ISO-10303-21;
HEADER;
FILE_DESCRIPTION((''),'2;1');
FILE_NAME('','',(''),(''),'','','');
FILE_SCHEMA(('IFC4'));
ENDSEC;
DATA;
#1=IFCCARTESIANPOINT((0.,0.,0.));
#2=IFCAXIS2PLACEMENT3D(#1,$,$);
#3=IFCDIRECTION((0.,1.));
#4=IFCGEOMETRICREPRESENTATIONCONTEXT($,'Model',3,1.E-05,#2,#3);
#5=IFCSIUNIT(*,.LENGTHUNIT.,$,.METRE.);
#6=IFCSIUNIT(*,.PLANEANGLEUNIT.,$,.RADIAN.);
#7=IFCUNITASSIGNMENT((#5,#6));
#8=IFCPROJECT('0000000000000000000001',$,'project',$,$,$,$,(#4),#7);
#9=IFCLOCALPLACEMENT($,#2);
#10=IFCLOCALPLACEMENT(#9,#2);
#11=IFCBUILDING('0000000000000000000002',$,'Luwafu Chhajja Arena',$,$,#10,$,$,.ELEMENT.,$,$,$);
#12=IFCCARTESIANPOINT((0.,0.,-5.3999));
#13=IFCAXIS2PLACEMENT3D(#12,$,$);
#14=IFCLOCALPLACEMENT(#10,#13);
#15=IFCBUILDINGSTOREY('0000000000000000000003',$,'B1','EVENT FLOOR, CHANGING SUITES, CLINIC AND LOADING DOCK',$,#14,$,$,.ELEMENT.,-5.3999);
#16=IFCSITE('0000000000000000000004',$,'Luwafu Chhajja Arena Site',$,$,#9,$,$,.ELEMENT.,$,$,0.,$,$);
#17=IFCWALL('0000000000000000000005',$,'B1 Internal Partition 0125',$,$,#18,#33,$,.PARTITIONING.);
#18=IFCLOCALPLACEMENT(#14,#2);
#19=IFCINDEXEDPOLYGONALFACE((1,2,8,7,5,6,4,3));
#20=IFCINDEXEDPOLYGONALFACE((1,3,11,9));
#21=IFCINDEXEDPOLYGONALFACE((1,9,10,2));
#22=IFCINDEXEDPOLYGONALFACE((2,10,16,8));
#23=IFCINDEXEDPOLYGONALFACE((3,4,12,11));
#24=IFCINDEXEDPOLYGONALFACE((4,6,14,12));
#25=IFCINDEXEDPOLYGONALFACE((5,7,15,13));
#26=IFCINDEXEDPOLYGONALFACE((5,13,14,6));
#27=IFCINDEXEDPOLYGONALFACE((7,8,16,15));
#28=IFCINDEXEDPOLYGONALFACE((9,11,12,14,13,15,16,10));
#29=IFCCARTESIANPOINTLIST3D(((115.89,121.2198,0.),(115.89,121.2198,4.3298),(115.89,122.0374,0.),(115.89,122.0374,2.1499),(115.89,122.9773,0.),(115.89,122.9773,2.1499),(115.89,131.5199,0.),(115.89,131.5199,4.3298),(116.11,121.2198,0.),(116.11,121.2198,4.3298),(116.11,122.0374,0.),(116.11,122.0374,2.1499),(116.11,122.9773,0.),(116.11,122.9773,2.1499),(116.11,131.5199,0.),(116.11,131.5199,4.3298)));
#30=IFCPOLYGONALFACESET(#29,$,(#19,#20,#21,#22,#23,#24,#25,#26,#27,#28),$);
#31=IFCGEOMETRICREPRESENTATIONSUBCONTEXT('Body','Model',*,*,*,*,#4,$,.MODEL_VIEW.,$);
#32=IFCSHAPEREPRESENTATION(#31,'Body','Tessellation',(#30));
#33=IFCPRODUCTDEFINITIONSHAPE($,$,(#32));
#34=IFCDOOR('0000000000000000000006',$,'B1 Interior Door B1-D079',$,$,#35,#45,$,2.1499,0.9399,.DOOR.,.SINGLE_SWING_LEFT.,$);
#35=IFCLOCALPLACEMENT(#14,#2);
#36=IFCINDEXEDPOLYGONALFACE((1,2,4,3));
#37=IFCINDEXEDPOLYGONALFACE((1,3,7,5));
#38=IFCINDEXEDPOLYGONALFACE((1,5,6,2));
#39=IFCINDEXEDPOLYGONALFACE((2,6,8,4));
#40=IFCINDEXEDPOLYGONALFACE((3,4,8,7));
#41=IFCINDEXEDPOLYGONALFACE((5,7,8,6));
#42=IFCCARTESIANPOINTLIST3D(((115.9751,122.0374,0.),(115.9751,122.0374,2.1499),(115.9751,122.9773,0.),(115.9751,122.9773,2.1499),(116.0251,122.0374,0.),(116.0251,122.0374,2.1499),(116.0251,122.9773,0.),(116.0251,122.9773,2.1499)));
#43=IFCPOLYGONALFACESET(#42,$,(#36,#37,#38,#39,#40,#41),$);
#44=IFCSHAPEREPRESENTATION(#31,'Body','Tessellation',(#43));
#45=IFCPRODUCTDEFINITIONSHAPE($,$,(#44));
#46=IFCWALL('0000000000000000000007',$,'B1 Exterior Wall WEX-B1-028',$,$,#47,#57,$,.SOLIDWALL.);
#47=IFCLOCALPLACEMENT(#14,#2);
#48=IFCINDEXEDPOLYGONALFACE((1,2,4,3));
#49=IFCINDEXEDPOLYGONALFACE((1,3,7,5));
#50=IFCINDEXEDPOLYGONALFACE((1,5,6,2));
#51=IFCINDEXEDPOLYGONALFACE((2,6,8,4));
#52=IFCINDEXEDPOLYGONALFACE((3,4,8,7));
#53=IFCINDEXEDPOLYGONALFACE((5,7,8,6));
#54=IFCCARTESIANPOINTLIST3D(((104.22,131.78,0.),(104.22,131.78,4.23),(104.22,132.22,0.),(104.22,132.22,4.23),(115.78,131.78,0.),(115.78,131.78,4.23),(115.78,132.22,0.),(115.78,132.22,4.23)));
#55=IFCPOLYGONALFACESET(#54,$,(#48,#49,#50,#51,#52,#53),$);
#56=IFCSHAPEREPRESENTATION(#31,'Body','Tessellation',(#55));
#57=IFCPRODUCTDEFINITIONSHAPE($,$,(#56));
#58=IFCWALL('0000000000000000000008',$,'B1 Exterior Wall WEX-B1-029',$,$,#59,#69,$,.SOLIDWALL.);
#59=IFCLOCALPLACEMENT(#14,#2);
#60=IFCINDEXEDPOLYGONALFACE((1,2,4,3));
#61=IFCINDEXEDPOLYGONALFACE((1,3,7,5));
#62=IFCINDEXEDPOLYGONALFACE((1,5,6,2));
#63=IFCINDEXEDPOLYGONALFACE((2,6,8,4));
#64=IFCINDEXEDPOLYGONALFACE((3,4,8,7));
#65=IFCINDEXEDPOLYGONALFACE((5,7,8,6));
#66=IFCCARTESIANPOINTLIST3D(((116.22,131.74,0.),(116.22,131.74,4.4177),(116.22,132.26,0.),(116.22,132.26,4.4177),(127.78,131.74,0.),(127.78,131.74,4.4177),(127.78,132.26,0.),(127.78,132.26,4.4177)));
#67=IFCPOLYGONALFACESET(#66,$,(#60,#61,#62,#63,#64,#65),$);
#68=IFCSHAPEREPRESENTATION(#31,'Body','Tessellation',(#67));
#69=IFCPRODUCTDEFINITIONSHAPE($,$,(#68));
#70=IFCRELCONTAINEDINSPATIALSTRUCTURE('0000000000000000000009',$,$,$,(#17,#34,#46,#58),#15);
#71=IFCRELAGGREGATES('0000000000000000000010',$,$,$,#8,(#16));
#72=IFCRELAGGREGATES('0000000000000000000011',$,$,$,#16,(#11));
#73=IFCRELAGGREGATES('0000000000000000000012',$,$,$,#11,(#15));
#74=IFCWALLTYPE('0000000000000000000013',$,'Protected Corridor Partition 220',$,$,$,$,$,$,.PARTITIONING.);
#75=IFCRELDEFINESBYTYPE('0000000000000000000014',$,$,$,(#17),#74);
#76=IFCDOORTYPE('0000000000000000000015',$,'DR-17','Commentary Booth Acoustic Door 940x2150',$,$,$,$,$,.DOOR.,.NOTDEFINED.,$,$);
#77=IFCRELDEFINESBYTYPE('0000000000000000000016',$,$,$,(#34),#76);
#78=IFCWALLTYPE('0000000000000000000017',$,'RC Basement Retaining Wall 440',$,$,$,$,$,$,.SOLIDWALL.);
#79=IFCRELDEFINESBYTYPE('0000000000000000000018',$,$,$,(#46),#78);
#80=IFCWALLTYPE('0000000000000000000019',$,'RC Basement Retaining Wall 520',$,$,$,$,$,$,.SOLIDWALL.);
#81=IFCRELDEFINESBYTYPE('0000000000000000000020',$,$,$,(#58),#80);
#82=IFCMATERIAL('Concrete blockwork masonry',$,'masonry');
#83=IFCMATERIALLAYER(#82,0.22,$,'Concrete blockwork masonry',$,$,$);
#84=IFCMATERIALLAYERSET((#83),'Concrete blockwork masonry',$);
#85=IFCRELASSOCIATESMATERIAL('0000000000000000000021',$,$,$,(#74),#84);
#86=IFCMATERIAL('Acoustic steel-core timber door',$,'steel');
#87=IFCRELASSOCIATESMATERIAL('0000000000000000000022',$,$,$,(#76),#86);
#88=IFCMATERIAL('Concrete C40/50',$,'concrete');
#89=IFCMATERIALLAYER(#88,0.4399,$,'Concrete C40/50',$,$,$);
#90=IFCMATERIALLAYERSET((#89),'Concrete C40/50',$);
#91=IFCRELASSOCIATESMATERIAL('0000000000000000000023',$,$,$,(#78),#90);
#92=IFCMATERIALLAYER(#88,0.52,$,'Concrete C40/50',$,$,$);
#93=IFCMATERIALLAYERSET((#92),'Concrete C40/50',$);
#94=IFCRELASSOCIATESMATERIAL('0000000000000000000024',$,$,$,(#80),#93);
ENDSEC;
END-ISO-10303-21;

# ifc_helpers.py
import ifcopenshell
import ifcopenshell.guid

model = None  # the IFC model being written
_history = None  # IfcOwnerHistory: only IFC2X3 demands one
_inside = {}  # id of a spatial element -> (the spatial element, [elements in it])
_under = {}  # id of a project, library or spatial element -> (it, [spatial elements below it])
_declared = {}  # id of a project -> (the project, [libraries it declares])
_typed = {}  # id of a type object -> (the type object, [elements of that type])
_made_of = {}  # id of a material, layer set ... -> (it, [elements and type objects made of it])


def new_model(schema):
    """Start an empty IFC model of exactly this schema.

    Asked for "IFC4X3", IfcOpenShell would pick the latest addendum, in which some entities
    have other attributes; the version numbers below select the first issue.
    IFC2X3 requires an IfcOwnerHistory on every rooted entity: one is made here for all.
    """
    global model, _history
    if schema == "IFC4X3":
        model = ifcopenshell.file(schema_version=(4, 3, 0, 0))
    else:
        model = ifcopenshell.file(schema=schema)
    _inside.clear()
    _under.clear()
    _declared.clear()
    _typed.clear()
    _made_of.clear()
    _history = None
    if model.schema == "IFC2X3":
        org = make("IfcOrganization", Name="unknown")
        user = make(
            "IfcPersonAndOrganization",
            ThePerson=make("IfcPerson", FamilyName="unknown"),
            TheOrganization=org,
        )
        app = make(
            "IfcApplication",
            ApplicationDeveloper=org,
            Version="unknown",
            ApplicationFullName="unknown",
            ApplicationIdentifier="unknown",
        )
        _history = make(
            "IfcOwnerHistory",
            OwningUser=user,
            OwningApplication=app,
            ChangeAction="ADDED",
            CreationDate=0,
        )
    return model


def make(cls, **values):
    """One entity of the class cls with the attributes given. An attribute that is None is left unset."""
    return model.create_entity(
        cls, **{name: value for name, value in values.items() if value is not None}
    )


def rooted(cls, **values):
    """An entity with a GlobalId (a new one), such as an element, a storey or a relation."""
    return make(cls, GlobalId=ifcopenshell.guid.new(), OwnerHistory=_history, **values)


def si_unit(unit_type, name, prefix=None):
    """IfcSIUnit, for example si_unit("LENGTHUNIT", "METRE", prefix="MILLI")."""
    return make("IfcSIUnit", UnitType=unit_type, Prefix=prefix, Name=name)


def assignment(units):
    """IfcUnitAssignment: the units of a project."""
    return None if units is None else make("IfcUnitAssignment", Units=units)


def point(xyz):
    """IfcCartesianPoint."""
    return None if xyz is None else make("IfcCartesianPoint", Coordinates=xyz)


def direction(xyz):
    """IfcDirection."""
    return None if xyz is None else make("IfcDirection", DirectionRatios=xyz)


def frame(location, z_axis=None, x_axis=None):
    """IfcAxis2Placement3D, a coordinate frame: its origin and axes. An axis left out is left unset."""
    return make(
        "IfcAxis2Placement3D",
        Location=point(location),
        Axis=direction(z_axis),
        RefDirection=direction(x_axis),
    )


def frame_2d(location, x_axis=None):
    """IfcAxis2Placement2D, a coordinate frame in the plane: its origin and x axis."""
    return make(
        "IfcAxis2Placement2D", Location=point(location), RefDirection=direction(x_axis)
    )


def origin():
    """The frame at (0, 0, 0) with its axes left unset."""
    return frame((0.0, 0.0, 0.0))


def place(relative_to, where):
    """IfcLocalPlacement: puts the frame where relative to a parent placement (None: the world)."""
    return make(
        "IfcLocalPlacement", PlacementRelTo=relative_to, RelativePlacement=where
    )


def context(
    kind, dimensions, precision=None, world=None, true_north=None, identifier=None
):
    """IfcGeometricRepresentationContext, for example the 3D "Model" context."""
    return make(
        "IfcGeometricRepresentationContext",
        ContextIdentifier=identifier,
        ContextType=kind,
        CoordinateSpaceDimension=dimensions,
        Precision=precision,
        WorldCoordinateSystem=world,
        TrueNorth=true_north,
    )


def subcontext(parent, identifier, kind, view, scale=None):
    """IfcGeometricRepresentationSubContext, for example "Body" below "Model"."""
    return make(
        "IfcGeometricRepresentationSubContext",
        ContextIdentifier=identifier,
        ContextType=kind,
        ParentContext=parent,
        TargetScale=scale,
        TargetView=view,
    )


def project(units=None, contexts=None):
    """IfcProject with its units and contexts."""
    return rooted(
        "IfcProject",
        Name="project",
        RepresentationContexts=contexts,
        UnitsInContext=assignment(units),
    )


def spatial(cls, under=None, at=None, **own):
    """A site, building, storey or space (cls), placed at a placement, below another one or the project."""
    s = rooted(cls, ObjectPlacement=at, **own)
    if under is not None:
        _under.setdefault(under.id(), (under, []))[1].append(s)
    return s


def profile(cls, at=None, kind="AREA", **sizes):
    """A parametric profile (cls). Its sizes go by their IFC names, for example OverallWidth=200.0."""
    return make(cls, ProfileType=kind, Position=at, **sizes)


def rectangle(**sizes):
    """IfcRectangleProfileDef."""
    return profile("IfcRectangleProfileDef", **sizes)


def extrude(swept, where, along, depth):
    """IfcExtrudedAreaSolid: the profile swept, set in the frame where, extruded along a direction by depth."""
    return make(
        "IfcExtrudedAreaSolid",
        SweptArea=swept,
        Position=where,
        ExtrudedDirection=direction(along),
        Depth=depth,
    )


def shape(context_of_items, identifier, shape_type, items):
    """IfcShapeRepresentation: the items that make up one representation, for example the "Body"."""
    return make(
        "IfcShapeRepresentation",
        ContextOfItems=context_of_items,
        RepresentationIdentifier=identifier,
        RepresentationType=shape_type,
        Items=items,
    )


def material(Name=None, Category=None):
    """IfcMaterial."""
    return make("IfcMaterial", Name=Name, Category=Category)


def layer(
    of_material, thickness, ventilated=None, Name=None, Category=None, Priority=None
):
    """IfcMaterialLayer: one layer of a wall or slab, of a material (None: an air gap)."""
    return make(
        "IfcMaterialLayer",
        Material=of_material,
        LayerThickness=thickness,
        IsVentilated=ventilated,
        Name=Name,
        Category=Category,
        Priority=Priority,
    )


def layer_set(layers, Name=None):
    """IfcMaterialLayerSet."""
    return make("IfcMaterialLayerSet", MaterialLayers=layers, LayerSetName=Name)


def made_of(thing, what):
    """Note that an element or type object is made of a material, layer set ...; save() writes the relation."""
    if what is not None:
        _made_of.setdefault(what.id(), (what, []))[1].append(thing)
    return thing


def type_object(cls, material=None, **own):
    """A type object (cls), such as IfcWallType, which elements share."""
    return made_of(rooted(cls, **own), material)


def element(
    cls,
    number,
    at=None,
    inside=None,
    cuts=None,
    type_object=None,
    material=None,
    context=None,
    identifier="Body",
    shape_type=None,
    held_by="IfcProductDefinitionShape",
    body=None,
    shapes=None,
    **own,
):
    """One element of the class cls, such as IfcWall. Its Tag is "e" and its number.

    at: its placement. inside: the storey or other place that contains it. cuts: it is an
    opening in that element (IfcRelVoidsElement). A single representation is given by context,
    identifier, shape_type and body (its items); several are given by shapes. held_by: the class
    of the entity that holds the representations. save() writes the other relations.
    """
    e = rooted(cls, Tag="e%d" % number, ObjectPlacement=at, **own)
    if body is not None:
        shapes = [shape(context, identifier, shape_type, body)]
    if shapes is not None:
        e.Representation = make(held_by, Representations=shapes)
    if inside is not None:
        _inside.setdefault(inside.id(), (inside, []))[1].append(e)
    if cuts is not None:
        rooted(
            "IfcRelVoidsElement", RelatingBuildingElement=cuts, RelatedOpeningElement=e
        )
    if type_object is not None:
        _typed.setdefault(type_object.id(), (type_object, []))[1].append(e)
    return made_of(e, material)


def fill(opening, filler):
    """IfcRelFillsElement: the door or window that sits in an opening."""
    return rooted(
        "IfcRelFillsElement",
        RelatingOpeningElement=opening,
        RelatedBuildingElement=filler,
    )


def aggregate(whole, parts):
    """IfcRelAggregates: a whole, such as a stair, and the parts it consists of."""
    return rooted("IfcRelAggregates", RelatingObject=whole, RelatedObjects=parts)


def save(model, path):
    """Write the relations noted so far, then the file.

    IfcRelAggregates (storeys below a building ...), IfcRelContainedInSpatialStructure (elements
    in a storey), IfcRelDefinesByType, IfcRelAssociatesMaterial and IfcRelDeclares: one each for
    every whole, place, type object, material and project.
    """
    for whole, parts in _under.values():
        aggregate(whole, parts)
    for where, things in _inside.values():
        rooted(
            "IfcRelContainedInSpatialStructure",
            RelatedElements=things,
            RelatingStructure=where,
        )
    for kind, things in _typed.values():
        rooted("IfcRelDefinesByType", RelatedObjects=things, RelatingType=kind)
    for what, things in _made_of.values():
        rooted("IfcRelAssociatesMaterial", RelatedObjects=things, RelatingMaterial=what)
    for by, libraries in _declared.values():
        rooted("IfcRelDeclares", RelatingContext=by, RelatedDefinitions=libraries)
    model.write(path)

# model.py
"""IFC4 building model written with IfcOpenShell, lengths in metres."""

from ifc_helpers import new_model, si_unit, direction, frame, frame_2d, origin, place, context, subcontext, project, spatial, rectangle, extrude, material, layer, layer_set, type_object, element, fill, save


model = new_model("IFC4")

# Units and contexts
model_context = context("Model", 3, precision=1e-05, world=origin(), true_north=direction((0.0, 1.0)))
body_context = subcontext(model_context, "Body", "Model", "MODEL_VIEW")
ifc_project = project(units=[si_unit("LENGTHUNIT", "METRE"), si_unit("PLANEANGLEUNIT", "RADIAN")], contexts=[model_context])

# Site, building, storey
site_placement = place(None, origin())
site = spatial("IfcSite", under=ifc_project, at=site_placement, Name="Luwafu Chhajja Arena Site", CompositionType="ELEMENT", RefElevation=0.0)
building_placement = place(site_placement, origin())
building = spatial("IfcBuilding", under=site, at=building_placement, Name="Luwafu Chhajja Arena", CompositionType="ELEMENT")
storey_placement = place(building_placement, frame((0.0, 0.0, -5.3999)))
storey = spatial("IfcBuildingStorey", under=building, at=storey_placement, Name="B1", Description="EVENT FLOOR, CHANGING SUITES, CLINIC AND LOADING DOCK", CompositionType="ELEMENT", Elevation=-5.3999)

# Shared definitions
ifc_material_1 = material(Name="Concrete C40/50", Category="concrete")

# Shared definitions
ifc_material_2 = material(Name="Concrete blockwork masonry", Category="masonry")

# Wall, opening, door
ifc_layer_1 = layer(ifc_material_2, 0.22, Name="Concrete blockwork masonry")
ifc_layer_set_1 = layer_set([ifc_layer_1], Name="Concrete blockwork masonry")
wall_type_1 = type_object("IfcWallType", Name="Protected Corridor Partition 220", PredefinedType="PARTITIONING", material=ifc_layer_set_1)
wall_1_placement = place(storey_placement, frame((116.0, 121.22, 0.0), z_axis=(0.0, 0.0, 1.0), x_axis=(0.0, 1.0, 0.0)))
wall_1 = element("IfcWall", 1, at=wall_1_placement, inside=storey, type_object=wall_type_1, Name="B1 Internal Partition 0125", PredefinedType="PARTITIONING", context=body_context, shape_type="SweptSolid", body=[
    extrude(rectangle(XDim=10.3, YDim=0.22, at=frame_2d((5.1499, 0.0))), origin(), (0.0, 0.0, 1.0), 4.3298),
])
opening_1_placement = place(wall_1_placement, frame((0.8174, 0.0, 0.0)))
opening_1 = element("IfcOpeningElement", 2, at=opening_1_placement, cuts=wall_1, PredefinedType="OPENING", context=body_context, shape_type="SweptSolid", body=[
    extrude(rectangle(XDim=0.9399, YDim=2.1499, at=frame_2d((0.47, 1.075))), frame((0.0, 0.1199, 0.0), z_axis=(0.0, -1.0, 0.0), x_axis=(1.0, 0.0, 0.0)), (0.0, 0.0, 1.0), 0.24),
])
ifc_material_3 = material(Name="Acoustic steel-core timber door", Category="steel")
door_type_1 = type_object("IfcDoorType", Name="DR-17", Description="Commentary Booth Acoustic Door 940x2150", OperationType="NOTDEFINED", PredefinedType="DOOR", material=ifc_material_3)
door_1_placement = place(opening_1_placement, origin())
door_1 = element("IfcDoor", 3, at=door_1_placement, inside=storey, type_object=door_type_1, Name="B1 Interior Door B1-D079", OperationType="SINGLE_SWING_LEFT", OverallHeight=2.1499, OverallWidth=0.9399, PredefinedType="DOOR", context=body_context, shape_type="SweptSolid", body=[
    extrude(rectangle(XDim=0.9399, YDim=2.1499, at=frame_2d((0.47, 1.075))), frame((0.0, 0.0249, 0.0), z_axis=(0.0, -1.0, 0.0), x_axis=(1.0, 0.0, 0.0)), (0.0, 0.0, 1.0), 0.05),
])
fill(opening_1, door_1)

# Walls
ifc_layer_2 = layer(ifc_material_1, 0.4399, Name="Concrete C40/50")
ifc_layer_set_2 = layer_set([ifc_layer_2], Name="Concrete C40/50")
wall_type_2 = type_object("IfcWallType", Name="RC Basement Retaining Wall 440", PredefinedType="SOLIDWALL", material=ifc_layer_set_2)
wall_2_placement = place(storey_placement, frame((104.22, 132.0, 0.0), z_axis=(0.0, 0.0, 1.0), x_axis=(1.0, 0.0, 0.0)))
element("IfcWall", 4, at=wall_2_placement, inside=storey, type_object=wall_type_2, Name="B1 Exterior Wall WEX-B1-028", PredefinedType="SOLIDWALL", context=body_context, shape_type="SweptSolid", body=[
    extrude(rectangle(XDim=11.5601, YDim=0.4399, at=frame_2d((5.78, 0.0))), origin(), (0.0, 0.0, 1.0), 4.23),
])
ifc_layer_3 = layer(ifc_material_1, 0.52, Name="Concrete C40/50")
ifc_layer_set_3 = layer_set([ifc_layer_3], Name="Concrete C40/50")
wall_type_3 = type_object("IfcWallType", Name="RC Basement Retaining Wall 520", PredefinedType="SOLIDWALL", material=ifc_layer_set_3)
wall_3_placement = place(storey_placement, frame((116.22, 132.0, 0.0), z_axis=(0.0, 0.0, 1.0), x_axis=(1.0, 0.0, 0.0)))
element("IfcWall", 5, at=wall_3_placement, inside=storey, type_object=wall_type_3, Name="B1 Exterior Wall WEX-B1-029", PredefinedType="SOLIDWALL", context=body_context, shape_type="SweptSolid", body=[
    extrude(rectangle(XDim=11.5601, YDim=0.52, at=frame_2d((5.78, 0.0))), origin(), (0.0, 0.0, 1.0), 4.4177),
])

save(model, "model.ifc")
